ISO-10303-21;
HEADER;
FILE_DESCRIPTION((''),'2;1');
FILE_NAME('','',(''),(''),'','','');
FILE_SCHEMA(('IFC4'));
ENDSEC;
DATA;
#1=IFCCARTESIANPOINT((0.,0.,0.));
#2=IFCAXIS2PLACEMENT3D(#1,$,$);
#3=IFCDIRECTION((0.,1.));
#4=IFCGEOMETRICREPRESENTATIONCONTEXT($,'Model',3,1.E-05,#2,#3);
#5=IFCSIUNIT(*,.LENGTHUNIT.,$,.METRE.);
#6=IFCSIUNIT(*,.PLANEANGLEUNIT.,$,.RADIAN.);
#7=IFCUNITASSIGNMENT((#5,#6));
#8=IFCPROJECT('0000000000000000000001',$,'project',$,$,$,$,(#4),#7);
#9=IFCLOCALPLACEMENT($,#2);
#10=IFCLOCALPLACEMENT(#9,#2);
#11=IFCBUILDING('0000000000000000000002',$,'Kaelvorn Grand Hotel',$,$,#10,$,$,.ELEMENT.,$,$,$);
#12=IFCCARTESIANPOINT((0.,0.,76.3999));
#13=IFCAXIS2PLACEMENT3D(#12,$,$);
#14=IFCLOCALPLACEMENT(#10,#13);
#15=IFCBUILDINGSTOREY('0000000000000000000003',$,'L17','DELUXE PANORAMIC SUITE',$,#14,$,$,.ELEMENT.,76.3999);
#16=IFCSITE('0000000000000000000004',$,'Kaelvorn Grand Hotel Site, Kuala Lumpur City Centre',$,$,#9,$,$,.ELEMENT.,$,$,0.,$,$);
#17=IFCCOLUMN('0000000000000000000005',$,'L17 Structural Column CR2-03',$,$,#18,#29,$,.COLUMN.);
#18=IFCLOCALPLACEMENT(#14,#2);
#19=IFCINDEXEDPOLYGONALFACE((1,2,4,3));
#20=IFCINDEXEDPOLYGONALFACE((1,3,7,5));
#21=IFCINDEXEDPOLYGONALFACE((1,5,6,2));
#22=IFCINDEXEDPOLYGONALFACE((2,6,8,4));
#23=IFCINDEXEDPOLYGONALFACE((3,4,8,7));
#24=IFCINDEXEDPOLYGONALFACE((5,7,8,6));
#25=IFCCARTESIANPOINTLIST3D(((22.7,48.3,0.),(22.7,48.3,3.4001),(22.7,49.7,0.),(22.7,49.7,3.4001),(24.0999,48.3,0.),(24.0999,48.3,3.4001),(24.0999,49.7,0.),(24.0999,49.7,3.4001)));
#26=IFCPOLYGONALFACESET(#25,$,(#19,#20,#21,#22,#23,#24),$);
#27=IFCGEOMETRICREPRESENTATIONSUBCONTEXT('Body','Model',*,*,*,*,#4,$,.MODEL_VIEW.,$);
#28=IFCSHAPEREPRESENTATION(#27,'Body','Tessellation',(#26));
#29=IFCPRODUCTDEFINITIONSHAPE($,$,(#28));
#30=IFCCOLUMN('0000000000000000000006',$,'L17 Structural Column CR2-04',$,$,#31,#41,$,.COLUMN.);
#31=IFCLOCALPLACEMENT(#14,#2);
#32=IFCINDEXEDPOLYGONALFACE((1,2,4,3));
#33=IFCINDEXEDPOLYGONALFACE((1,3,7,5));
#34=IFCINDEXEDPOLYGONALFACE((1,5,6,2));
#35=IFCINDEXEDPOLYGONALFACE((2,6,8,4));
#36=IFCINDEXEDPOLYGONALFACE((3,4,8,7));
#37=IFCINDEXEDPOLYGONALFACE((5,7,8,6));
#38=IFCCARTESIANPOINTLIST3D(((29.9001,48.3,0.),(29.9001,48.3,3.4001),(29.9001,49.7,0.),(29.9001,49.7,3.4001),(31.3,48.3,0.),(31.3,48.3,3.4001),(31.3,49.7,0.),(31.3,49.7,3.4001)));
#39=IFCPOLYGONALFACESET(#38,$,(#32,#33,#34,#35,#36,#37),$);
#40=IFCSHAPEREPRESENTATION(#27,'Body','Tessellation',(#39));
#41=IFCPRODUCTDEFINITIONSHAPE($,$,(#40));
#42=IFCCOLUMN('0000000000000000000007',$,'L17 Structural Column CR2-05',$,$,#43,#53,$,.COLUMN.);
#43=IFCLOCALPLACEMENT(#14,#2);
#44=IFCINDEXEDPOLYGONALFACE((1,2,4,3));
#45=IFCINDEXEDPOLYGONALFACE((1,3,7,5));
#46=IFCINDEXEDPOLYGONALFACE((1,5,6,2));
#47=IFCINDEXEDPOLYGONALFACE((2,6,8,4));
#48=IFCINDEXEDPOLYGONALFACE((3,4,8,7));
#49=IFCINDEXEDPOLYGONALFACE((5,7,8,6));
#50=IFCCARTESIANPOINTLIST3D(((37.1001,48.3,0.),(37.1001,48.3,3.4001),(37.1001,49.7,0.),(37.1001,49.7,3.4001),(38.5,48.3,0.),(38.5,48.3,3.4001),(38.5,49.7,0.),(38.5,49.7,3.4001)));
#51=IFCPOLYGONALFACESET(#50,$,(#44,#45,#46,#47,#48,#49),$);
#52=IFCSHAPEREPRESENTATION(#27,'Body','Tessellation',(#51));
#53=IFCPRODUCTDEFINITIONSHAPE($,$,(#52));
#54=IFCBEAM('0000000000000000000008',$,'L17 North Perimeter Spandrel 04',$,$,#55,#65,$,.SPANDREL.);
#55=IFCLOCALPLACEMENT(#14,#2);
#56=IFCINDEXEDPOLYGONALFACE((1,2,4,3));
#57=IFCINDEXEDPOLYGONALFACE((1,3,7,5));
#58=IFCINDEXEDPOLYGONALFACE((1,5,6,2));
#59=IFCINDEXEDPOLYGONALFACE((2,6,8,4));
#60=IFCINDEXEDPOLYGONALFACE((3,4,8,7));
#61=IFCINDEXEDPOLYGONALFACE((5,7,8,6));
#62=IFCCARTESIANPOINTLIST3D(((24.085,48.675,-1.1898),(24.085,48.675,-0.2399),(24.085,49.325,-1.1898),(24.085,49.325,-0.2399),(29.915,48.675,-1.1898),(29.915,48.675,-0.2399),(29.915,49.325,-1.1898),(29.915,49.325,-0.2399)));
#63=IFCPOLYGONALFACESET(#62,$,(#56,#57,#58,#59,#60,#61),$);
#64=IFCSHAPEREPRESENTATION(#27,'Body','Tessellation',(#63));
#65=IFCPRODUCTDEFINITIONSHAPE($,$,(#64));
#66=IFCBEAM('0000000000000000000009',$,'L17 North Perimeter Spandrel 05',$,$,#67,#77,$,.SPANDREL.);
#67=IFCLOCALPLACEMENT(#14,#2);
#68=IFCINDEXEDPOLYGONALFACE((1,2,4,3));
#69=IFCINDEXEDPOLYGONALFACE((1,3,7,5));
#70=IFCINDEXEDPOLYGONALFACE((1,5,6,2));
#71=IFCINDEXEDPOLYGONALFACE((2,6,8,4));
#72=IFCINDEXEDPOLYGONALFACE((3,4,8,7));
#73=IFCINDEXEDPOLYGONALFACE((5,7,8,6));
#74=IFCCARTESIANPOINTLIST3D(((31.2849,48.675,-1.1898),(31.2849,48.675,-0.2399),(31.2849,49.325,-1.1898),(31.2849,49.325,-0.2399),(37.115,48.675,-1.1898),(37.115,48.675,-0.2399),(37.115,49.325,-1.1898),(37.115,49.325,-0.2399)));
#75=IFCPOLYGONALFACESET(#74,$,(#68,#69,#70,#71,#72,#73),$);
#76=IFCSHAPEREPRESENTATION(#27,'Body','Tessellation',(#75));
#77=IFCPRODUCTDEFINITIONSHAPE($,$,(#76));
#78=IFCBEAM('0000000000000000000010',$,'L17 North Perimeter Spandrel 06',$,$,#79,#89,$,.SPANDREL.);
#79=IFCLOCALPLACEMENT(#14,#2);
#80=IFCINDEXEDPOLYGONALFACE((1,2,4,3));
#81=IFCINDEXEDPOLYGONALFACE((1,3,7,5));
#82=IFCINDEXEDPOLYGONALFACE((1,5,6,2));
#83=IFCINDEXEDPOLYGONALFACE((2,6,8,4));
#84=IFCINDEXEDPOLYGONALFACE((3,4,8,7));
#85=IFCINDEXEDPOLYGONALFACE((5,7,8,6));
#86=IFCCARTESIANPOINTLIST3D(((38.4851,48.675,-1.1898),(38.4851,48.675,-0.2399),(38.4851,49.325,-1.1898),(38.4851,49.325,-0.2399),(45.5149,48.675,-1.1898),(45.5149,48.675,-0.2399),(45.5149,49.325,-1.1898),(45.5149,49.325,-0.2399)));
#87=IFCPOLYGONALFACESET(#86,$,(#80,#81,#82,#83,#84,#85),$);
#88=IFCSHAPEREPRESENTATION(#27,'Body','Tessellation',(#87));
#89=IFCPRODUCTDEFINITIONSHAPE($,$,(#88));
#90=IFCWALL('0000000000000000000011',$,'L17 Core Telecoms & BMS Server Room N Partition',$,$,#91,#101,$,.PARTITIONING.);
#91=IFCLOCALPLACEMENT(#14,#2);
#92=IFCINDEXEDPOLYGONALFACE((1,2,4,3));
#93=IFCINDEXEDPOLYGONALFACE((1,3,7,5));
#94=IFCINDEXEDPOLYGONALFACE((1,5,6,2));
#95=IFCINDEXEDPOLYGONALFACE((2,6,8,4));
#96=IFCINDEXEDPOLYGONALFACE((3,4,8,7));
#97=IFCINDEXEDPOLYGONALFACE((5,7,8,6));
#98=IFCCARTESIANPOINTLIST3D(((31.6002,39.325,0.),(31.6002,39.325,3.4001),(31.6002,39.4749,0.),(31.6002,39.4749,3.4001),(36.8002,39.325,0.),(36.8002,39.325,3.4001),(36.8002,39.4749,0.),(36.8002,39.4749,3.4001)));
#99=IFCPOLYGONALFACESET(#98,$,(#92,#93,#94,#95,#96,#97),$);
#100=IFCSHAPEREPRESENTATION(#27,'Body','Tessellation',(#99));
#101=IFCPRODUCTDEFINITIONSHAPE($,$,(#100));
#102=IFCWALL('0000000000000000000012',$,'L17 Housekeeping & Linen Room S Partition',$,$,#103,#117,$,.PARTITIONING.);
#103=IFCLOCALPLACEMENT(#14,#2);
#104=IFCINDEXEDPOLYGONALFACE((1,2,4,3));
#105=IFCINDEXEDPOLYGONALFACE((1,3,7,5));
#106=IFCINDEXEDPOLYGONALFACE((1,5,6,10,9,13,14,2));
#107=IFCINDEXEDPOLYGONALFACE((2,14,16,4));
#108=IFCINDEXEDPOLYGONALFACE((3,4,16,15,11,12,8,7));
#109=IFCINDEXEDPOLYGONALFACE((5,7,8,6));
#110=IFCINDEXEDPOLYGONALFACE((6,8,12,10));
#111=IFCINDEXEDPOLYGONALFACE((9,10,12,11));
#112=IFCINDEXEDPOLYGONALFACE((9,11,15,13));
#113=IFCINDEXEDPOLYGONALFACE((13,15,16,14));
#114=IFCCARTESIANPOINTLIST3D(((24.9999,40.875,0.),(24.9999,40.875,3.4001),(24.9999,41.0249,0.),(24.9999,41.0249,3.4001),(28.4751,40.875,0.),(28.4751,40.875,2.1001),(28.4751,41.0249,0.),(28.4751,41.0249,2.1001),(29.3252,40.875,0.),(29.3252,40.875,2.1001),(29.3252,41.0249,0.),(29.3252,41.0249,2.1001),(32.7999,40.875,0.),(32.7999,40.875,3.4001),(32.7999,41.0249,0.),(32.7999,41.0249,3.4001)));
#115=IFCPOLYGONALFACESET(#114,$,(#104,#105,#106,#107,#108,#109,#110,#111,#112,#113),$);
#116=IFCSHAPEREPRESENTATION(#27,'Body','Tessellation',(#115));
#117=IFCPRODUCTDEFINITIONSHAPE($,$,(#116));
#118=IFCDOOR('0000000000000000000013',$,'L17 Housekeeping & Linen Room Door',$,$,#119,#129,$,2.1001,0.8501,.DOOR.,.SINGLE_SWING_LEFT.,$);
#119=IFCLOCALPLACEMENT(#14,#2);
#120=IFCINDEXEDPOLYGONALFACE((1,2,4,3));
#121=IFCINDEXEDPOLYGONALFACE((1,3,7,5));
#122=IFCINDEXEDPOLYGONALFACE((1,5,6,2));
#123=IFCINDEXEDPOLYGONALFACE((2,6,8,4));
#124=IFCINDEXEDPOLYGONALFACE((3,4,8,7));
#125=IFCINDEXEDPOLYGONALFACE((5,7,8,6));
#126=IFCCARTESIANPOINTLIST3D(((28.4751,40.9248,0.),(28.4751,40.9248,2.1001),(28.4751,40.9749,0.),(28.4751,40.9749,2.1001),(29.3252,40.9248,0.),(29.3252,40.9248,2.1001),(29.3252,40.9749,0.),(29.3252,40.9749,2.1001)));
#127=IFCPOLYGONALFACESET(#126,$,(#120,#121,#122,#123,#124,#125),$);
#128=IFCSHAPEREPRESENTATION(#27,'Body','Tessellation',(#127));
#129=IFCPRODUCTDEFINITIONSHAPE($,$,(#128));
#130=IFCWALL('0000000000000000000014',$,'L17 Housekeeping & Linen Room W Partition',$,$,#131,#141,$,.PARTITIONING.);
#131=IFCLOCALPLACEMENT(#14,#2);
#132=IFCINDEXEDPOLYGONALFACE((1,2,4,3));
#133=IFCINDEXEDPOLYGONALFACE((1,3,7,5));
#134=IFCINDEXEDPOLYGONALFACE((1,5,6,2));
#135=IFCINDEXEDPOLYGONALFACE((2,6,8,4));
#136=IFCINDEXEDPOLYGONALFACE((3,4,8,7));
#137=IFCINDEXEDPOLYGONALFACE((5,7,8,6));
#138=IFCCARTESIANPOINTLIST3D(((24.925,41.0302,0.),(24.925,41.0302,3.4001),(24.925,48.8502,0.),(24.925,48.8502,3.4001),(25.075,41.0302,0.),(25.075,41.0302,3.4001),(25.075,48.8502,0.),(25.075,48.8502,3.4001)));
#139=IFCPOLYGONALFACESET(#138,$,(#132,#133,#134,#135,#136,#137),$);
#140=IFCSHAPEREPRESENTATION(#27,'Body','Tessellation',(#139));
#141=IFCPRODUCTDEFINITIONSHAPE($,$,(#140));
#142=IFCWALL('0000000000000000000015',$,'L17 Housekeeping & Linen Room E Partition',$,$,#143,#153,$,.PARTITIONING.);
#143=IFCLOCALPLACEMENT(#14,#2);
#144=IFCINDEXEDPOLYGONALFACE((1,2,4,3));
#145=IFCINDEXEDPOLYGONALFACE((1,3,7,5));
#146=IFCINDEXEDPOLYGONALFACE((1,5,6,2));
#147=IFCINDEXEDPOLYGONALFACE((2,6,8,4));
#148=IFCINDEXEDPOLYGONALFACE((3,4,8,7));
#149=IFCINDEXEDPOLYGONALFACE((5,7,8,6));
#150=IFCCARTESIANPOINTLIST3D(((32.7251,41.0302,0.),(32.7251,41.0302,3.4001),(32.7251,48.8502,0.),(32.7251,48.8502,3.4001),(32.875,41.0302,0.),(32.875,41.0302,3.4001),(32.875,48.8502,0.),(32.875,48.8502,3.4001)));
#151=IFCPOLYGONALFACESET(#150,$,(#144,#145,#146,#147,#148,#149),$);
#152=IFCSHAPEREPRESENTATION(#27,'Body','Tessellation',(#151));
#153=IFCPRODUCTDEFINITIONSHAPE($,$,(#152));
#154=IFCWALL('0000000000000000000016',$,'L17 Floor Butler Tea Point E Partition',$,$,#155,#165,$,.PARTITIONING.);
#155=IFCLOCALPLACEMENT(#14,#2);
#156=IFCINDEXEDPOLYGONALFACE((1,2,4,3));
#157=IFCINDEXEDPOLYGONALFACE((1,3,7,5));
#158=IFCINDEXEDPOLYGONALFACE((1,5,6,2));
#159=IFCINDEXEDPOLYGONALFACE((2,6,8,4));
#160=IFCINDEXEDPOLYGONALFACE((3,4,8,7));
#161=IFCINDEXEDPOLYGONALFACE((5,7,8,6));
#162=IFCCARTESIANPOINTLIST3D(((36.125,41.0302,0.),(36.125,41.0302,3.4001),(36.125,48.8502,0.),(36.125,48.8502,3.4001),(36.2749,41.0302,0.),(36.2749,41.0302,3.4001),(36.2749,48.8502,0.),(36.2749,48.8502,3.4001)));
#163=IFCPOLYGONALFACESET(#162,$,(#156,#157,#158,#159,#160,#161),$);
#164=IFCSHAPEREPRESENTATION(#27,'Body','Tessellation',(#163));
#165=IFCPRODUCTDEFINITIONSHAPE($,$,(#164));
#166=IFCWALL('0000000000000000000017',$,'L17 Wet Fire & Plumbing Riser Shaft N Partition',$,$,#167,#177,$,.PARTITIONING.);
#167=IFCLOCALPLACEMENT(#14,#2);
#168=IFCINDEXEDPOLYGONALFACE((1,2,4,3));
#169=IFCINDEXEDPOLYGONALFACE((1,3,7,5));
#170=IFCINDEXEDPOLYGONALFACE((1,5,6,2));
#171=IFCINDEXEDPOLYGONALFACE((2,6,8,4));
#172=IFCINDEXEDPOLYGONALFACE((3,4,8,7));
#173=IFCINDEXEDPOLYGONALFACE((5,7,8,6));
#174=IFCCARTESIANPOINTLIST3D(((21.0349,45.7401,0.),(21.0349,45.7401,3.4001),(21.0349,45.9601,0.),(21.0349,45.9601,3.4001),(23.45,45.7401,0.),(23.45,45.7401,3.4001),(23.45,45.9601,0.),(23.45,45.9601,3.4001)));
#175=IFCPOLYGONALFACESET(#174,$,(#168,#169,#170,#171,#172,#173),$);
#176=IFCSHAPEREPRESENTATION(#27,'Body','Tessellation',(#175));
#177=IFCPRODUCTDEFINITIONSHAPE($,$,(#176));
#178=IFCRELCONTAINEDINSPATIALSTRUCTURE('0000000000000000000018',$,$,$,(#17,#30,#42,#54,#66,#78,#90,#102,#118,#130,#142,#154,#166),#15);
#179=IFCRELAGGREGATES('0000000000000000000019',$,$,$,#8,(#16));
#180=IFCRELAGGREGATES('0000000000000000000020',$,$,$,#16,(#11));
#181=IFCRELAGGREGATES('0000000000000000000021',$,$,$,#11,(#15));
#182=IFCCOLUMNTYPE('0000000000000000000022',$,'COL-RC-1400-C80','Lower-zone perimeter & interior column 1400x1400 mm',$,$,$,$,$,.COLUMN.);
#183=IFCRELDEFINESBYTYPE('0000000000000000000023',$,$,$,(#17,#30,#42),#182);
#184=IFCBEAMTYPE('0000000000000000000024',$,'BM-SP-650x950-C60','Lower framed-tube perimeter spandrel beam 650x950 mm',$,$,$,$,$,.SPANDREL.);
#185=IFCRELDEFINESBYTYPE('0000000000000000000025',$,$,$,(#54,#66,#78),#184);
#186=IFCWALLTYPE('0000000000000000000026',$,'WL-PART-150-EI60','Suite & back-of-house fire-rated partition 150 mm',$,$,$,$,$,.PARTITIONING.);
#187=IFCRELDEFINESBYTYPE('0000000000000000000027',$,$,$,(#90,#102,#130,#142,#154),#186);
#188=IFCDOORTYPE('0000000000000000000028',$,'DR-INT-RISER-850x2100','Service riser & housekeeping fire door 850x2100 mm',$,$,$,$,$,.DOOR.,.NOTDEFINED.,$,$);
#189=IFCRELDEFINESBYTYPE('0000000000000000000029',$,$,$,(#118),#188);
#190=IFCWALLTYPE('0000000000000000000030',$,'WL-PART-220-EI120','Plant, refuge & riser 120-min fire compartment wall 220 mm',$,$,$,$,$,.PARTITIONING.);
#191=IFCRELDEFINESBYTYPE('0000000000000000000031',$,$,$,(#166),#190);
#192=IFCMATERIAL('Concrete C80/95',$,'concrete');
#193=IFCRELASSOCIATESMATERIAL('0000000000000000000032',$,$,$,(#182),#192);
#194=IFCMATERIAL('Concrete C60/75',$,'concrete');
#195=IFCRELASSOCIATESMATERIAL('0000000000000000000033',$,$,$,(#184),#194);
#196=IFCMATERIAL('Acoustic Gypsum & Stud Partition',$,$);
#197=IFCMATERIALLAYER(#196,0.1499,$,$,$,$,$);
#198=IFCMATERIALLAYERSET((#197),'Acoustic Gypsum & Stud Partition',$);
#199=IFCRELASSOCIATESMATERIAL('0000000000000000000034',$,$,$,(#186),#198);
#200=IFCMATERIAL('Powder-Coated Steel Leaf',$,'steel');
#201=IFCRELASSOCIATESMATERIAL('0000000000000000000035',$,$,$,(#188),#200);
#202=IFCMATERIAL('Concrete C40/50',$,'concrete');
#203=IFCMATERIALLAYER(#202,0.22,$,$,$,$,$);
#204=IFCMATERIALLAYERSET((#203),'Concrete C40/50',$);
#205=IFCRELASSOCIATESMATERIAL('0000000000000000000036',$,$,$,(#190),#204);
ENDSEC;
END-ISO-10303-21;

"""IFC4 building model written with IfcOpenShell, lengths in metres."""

from ifc_helpers import new_model, si_unit, direction, frame, frame_2d, origin, origin_2d, place, context, subcontext, project, spatial, rectangle, extrude, material, layer, layer_set, material_profile, profile_set, type_object, element, fill, save


model = new_model("IFC4")

# Units and contexts
model_context = context("Model", 3, precision=1e-05, world=origin(), true_north=direction((0.0, 1.0)))
body_context = subcontext(model_context, "Body", "Model", "MODEL_VIEW")
ifc_project = project(units=[si_unit("LENGTHUNIT", "METRE"), si_unit("PLANEANGLEUNIT", "RADIAN")], contexts=[model_context])

# Site, building, storey
site_placement = place(None, origin())
site = spatial("IfcSite", under=ifc_project, at=site_placement, Name="Kaelvorn Grand Hotel Site, Kuala Lumpur City Centre", CompositionType="ELEMENT", RefElevation=0.0)
building_placement = place(site_placement, origin())
building = spatial("IfcBuilding", under=site, at=building_placement, Name="Kaelvorn Grand Hotel", CompositionType="ELEMENT")
storey_placement = place(building_placement, frame((0.0, 0.0, 76.3999)))
storey = spatial("IfcBuildingStorey", under=building, at=storey_placement, Name="L17", Description="DELUXE PANORAMIC SUITE", CompositionType="ELEMENT", Elevation=76.3999)

# Columns
ifc_material_1 = material(Name="Concrete C80/95", Category="concrete")
ifc_material_profile_1 = material_profile(ifc_material_1, rectangle(XDim=1.3999, YDim=1.3999, at=origin_2d()), Name="RC COL 1400x1400")
ifc_profile_set_1 = profile_set([ifc_material_profile_1], Name="Concrete C80/95")
column_type = type_object("IfcColumnType", Name="COL-RC-1400-C80", Description="Lower-zone perimeter & interior column 1400x1400 mm", PredefinedType="COLUMN", material=ifc_profile_set_1)
for number, where, z_axis, x_axis, name in (
    (1, (23.3999, 49.0, 0.0), (0.0, 0.0, 1.0), (1.0, 0.0, 0.0), "L17 Structural Column CR2-03"),
    (2, (30.6001, 49.0, 0.0), (0.0, 0.0, 1.0), (1.0, 0.0, 0.0), "L17 Structural Column CR2-04"),
    (3, (37.8, 49.0, 0.0), (0.0, 0.0, 1.0), (1.0, 0.0, 0.0), "L17 Structural Column CR2-05"),
):
    element("IfcColumn", number, at=place(storey_placement, frame(where, z_axis=z_axis, x_axis=x_axis)), inside=storey, type_object=column_type, Name=name, PredefinedType="COLUMN", context=body_context, shape_type="SweptSolid", body=[
        extrude(rectangle(XDim=1.3999, YDim=1.3999, at=origin_2d()), origin(), (0.0, 0.0, 1.0), 3.4001),
    ])

# Beams
ifc_material_2 = material(Name="Concrete C60/75", Category="concrete")
ifc_material_profile_2 = material_profile(ifc_material_2, rectangle(XDim=0.6499, YDim=0.95, at=origin_2d()), Name="RC SPANDREL 650x950")
ifc_profile_set_2 = profile_set([ifc_material_profile_2], Name="Concrete C60/75")
beam_type = type_object("IfcBeamType", Name="BM-SP-650x950-C60", Description="Lower framed-tube perimeter spandrel beam 650x950 mm", PredefinedType="SPANDREL", material=ifc_profile_set_2)
for number, where, z_axis, x_axis, name in (
    (4, (24.085, 49.0, -0.7148), (1.0, 0.0, 0.0), (0.0, 1.0, 0.0), "L17 North Perimeter Spandrel 04"),
    (5, (31.2849, 49.0, -0.7148), (1.0, 0.0, 0.0), (0.0, 1.0, 0.0), "L17 North Perimeter Spandrel 05"),
):
    element("IfcBeam", number, at=place(storey_placement, frame(where, z_axis=z_axis, x_axis=x_axis)), inside=storey, type_object=beam_type, Name=name, PredefinedType="SPANDREL", context=body_context, shape_type="SweptSolid", body=[
        extrude(rectangle(XDim=0.6499, YDim=0.95, at=origin_2d()), origin(), (0.0, 0.0, 1.0), 5.8301),
    ])
beam_placement = place(storey_placement, frame((38.4851, 49.0, -0.7148), z_axis=(1.0, 0.0, 0.0), x_axis=(0.0, 1.0, 0.0)))
element("IfcBeam", 6, at=beam_placement, inside=storey, type_object=beam_type, Name="L17 North Perimeter Spandrel 06", PredefinedType="SPANDREL", context=body_context, shape_type="SweptSolid", body=[
    extrude(rectangle(XDim=0.6499, YDim=0.95, at=origin_2d()), origin(), (0.0, 0.0, 1.0), 7.0298),
])

# Wall
ifc_material_3 = material(Name="Acoustic Gypsum & Stud Partition")
ifc_layer_1 = layer(ifc_material_3, 0.1499)
ifc_layer_set_1 = layer_set([ifc_layer_1], Name="Acoustic Gypsum & Stud Partition")
wall_type_1 = type_object("IfcWallType", Name="WL-PART-150-EI60", Description="Suite & back-of-house fire-rated partition 150 mm", PredefinedType="PARTITIONING", material=ifc_layer_set_1)
wall_1_placement = place(storey_placement, frame((31.6001, 39.3999, 0.0), z_axis=(0.0, 0.0, 1.0), x_axis=(1.0, 0.0, 0.0)))
element("IfcWall", 7, at=wall_1_placement, inside=storey, type_object=wall_type_1, Name="L17 Core Telecoms & BMS Server Room N Partition", PredefinedType="PARTITIONING", context=body_context, shape_type="SweptSolid", body=[
    extrude(rectangle(XDim=5.2, YDim=0.1499, at=frame_2d((2.6001, 0.0))), origin(), (0.0, 0.0, 1.0), 3.4001),
])

# Wall, opening, door
wall_2_placement = place(storey_placement, frame((25.0, 40.95, 0.0), z_axis=(0.0, 0.0, 1.0), x_axis=(1.0, 0.0, 0.0)))
wall_2 = element("IfcWall", 8, at=wall_2_placement, inside=storey, type_object=wall_type_1, Name="L17 Housekeeping & Linen Room S Partition", PredefinedType="PARTITIONING", context=body_context, shape_type="SweptSolid", body=[
    extrude(rectangle(XDim=7.8, YDim=0.1499, at=frame_2d((3.8999, 0.0))), origin(), (0.0, 0.0, 1.0), 3.4001),
])
opening_1_placement = place(wall_2_placement, frame((3.4751, 0.0, 0.0)))
opening_1 = element("IfcOpeningElement", 9, at=opening_1_placement, cuts=wall_2, PredefinedType="OPENING", context=body_context, shape_type="SweptSolid", body=[
    extrude(rectangle(XDim=0.8501, YDim=2.1001, at=frame_2d((0.425, 1.05))), frame((0.0, 0.085, 0.0), z_axis=(0.0, -1.0, 0.0), x_axis=(1.0, 0.0, 0.0)), (0.0, 0.0, 1.0), 0.1699),
])
ifc_material_4 = material(Name="Powder-Coated Steel Leaf", Category="steel")
door_type_1 = type_object("IfcDoorType", Name="DR-INT-RISER-850x2100", Description="Service riser & housekeeping fire door 850x2100 mm", OperationType="NOTDEFINED", PredefinedType="DOOR", material=ifc_material_4)
door_1_placement = place(opening_1_placement, origin())
door_1 = element("IfcDoor", 10, at=door_1_placement, inside=storey, type_object=door_type_1, Name="L17 Housekeeping & Linen Room Door", OperationType="SINGLE_SWING_LEFT", OverallHeight=2.1001, OverallWidth=0.8501, PredefinedType="DOOR", context=body_context, shape_type="SweptSolid", body=[
    extrude(rectangle(XDim=0.8501, YDim=2.1001, at=frame_2d((0.425, 1.05))), frame((0.0, 0.0249, 0.0), z_axis=(0.0, -1.0, 0.0), x_axis=(1.0, 0.0, 0.0)), (0.0, 0.0, 1.0), 0.05),
])
fill(opening_1, door_1)

# Walls
for number, where, z_axis, x_axis, name in (
    (11, (25.0, 41.03, 0.0), (0.0, 0.0, 1.0), (0.0, 1.0, 0.0), "L17 Housekeeping & Linen Room W Partition"),
    (12, (32.8, 41.03, 0.0), (0.0, 0.0, 1.0), (0.0, 1.0, 0.0), "L17 Housekeeping & Linen Room E Partition"),
):
    element("IfcWall", number, at=place(storey_placement, frame(where, z_axis=z_axis, x_axis=x_axis)), inside=storey, type_object=wall_type_1, Name=name, PredefinedType="PARTITIONING", context=body_context, shape_type="SweptSolid", body=[
        extrude(rectangle(XDim=7.8201, YDim=0.1499, at=frame_2d((3.9102, 0.0))), origin(), (0.0, 0.0, 1.0), 3.4001),
    ])

# Walls
wall_3_placement = place(storey_placement, frame((36.2, 41.03, 0.0), z_axis=(0.0, 0.0, 1.0), x_axis=(0.0, 1.0, 0.0)))
element("IfcWall", 13, at=wall_3_placement, inside=storey, type_object=wall_type_1, Name="L17 Floor Butler Tea Point E Partition", PredefinedType="PARTITIONING", context=body_context, shape_type="SweptSolid", body=[
    extrude(rectangle(XDim=7.8201, YDim=0.1499, at=frame_2d((3.9102, 0.0))), origin(), (0.0, 0.0, 1.0), 3.4001),
])
ifc_material_5 = material(Name="Concrete C40/50", Category="concrete")
ifc_layer_2 = layer(ifc_material_5, 0.22)
ifc_layer_set_2 = layer_set([ifc_layer_2], Name="Concrete C40/50")
wall_type_2 = type_object("IfcWallType", Name="WL-PART-220-EI120", Description="Plant, refuge & riser 120-min fire compartment wall 220 mm", PredefinedType="PARTITIONING", material=ifc_layer_set_2)
wall_4_placement = place(storey_placement, frame((21.0349, 45.8501, 0.0), z_axis=(0.0, 0.0, 1.0), x_axis=(1.0, 0.0, 0.0)))
element("IfcWall", 14, at=wall_4_placement, inside=storey, type_object=wall_type_2, Name="L17 Wet Fire & Plumbing Riser Shaft N Partition", PredefinedType="PARTITIONING", context=body_context, shape_type="SweptSolid", body=[
    extrude(rectangle(XDim=2.415, YDim=0.22, at=frame_2d((1.2075, 0.0))), origin(), (0.0, 0.0, 1.0), 3.4001),
])

save(model, "model.ifc")
